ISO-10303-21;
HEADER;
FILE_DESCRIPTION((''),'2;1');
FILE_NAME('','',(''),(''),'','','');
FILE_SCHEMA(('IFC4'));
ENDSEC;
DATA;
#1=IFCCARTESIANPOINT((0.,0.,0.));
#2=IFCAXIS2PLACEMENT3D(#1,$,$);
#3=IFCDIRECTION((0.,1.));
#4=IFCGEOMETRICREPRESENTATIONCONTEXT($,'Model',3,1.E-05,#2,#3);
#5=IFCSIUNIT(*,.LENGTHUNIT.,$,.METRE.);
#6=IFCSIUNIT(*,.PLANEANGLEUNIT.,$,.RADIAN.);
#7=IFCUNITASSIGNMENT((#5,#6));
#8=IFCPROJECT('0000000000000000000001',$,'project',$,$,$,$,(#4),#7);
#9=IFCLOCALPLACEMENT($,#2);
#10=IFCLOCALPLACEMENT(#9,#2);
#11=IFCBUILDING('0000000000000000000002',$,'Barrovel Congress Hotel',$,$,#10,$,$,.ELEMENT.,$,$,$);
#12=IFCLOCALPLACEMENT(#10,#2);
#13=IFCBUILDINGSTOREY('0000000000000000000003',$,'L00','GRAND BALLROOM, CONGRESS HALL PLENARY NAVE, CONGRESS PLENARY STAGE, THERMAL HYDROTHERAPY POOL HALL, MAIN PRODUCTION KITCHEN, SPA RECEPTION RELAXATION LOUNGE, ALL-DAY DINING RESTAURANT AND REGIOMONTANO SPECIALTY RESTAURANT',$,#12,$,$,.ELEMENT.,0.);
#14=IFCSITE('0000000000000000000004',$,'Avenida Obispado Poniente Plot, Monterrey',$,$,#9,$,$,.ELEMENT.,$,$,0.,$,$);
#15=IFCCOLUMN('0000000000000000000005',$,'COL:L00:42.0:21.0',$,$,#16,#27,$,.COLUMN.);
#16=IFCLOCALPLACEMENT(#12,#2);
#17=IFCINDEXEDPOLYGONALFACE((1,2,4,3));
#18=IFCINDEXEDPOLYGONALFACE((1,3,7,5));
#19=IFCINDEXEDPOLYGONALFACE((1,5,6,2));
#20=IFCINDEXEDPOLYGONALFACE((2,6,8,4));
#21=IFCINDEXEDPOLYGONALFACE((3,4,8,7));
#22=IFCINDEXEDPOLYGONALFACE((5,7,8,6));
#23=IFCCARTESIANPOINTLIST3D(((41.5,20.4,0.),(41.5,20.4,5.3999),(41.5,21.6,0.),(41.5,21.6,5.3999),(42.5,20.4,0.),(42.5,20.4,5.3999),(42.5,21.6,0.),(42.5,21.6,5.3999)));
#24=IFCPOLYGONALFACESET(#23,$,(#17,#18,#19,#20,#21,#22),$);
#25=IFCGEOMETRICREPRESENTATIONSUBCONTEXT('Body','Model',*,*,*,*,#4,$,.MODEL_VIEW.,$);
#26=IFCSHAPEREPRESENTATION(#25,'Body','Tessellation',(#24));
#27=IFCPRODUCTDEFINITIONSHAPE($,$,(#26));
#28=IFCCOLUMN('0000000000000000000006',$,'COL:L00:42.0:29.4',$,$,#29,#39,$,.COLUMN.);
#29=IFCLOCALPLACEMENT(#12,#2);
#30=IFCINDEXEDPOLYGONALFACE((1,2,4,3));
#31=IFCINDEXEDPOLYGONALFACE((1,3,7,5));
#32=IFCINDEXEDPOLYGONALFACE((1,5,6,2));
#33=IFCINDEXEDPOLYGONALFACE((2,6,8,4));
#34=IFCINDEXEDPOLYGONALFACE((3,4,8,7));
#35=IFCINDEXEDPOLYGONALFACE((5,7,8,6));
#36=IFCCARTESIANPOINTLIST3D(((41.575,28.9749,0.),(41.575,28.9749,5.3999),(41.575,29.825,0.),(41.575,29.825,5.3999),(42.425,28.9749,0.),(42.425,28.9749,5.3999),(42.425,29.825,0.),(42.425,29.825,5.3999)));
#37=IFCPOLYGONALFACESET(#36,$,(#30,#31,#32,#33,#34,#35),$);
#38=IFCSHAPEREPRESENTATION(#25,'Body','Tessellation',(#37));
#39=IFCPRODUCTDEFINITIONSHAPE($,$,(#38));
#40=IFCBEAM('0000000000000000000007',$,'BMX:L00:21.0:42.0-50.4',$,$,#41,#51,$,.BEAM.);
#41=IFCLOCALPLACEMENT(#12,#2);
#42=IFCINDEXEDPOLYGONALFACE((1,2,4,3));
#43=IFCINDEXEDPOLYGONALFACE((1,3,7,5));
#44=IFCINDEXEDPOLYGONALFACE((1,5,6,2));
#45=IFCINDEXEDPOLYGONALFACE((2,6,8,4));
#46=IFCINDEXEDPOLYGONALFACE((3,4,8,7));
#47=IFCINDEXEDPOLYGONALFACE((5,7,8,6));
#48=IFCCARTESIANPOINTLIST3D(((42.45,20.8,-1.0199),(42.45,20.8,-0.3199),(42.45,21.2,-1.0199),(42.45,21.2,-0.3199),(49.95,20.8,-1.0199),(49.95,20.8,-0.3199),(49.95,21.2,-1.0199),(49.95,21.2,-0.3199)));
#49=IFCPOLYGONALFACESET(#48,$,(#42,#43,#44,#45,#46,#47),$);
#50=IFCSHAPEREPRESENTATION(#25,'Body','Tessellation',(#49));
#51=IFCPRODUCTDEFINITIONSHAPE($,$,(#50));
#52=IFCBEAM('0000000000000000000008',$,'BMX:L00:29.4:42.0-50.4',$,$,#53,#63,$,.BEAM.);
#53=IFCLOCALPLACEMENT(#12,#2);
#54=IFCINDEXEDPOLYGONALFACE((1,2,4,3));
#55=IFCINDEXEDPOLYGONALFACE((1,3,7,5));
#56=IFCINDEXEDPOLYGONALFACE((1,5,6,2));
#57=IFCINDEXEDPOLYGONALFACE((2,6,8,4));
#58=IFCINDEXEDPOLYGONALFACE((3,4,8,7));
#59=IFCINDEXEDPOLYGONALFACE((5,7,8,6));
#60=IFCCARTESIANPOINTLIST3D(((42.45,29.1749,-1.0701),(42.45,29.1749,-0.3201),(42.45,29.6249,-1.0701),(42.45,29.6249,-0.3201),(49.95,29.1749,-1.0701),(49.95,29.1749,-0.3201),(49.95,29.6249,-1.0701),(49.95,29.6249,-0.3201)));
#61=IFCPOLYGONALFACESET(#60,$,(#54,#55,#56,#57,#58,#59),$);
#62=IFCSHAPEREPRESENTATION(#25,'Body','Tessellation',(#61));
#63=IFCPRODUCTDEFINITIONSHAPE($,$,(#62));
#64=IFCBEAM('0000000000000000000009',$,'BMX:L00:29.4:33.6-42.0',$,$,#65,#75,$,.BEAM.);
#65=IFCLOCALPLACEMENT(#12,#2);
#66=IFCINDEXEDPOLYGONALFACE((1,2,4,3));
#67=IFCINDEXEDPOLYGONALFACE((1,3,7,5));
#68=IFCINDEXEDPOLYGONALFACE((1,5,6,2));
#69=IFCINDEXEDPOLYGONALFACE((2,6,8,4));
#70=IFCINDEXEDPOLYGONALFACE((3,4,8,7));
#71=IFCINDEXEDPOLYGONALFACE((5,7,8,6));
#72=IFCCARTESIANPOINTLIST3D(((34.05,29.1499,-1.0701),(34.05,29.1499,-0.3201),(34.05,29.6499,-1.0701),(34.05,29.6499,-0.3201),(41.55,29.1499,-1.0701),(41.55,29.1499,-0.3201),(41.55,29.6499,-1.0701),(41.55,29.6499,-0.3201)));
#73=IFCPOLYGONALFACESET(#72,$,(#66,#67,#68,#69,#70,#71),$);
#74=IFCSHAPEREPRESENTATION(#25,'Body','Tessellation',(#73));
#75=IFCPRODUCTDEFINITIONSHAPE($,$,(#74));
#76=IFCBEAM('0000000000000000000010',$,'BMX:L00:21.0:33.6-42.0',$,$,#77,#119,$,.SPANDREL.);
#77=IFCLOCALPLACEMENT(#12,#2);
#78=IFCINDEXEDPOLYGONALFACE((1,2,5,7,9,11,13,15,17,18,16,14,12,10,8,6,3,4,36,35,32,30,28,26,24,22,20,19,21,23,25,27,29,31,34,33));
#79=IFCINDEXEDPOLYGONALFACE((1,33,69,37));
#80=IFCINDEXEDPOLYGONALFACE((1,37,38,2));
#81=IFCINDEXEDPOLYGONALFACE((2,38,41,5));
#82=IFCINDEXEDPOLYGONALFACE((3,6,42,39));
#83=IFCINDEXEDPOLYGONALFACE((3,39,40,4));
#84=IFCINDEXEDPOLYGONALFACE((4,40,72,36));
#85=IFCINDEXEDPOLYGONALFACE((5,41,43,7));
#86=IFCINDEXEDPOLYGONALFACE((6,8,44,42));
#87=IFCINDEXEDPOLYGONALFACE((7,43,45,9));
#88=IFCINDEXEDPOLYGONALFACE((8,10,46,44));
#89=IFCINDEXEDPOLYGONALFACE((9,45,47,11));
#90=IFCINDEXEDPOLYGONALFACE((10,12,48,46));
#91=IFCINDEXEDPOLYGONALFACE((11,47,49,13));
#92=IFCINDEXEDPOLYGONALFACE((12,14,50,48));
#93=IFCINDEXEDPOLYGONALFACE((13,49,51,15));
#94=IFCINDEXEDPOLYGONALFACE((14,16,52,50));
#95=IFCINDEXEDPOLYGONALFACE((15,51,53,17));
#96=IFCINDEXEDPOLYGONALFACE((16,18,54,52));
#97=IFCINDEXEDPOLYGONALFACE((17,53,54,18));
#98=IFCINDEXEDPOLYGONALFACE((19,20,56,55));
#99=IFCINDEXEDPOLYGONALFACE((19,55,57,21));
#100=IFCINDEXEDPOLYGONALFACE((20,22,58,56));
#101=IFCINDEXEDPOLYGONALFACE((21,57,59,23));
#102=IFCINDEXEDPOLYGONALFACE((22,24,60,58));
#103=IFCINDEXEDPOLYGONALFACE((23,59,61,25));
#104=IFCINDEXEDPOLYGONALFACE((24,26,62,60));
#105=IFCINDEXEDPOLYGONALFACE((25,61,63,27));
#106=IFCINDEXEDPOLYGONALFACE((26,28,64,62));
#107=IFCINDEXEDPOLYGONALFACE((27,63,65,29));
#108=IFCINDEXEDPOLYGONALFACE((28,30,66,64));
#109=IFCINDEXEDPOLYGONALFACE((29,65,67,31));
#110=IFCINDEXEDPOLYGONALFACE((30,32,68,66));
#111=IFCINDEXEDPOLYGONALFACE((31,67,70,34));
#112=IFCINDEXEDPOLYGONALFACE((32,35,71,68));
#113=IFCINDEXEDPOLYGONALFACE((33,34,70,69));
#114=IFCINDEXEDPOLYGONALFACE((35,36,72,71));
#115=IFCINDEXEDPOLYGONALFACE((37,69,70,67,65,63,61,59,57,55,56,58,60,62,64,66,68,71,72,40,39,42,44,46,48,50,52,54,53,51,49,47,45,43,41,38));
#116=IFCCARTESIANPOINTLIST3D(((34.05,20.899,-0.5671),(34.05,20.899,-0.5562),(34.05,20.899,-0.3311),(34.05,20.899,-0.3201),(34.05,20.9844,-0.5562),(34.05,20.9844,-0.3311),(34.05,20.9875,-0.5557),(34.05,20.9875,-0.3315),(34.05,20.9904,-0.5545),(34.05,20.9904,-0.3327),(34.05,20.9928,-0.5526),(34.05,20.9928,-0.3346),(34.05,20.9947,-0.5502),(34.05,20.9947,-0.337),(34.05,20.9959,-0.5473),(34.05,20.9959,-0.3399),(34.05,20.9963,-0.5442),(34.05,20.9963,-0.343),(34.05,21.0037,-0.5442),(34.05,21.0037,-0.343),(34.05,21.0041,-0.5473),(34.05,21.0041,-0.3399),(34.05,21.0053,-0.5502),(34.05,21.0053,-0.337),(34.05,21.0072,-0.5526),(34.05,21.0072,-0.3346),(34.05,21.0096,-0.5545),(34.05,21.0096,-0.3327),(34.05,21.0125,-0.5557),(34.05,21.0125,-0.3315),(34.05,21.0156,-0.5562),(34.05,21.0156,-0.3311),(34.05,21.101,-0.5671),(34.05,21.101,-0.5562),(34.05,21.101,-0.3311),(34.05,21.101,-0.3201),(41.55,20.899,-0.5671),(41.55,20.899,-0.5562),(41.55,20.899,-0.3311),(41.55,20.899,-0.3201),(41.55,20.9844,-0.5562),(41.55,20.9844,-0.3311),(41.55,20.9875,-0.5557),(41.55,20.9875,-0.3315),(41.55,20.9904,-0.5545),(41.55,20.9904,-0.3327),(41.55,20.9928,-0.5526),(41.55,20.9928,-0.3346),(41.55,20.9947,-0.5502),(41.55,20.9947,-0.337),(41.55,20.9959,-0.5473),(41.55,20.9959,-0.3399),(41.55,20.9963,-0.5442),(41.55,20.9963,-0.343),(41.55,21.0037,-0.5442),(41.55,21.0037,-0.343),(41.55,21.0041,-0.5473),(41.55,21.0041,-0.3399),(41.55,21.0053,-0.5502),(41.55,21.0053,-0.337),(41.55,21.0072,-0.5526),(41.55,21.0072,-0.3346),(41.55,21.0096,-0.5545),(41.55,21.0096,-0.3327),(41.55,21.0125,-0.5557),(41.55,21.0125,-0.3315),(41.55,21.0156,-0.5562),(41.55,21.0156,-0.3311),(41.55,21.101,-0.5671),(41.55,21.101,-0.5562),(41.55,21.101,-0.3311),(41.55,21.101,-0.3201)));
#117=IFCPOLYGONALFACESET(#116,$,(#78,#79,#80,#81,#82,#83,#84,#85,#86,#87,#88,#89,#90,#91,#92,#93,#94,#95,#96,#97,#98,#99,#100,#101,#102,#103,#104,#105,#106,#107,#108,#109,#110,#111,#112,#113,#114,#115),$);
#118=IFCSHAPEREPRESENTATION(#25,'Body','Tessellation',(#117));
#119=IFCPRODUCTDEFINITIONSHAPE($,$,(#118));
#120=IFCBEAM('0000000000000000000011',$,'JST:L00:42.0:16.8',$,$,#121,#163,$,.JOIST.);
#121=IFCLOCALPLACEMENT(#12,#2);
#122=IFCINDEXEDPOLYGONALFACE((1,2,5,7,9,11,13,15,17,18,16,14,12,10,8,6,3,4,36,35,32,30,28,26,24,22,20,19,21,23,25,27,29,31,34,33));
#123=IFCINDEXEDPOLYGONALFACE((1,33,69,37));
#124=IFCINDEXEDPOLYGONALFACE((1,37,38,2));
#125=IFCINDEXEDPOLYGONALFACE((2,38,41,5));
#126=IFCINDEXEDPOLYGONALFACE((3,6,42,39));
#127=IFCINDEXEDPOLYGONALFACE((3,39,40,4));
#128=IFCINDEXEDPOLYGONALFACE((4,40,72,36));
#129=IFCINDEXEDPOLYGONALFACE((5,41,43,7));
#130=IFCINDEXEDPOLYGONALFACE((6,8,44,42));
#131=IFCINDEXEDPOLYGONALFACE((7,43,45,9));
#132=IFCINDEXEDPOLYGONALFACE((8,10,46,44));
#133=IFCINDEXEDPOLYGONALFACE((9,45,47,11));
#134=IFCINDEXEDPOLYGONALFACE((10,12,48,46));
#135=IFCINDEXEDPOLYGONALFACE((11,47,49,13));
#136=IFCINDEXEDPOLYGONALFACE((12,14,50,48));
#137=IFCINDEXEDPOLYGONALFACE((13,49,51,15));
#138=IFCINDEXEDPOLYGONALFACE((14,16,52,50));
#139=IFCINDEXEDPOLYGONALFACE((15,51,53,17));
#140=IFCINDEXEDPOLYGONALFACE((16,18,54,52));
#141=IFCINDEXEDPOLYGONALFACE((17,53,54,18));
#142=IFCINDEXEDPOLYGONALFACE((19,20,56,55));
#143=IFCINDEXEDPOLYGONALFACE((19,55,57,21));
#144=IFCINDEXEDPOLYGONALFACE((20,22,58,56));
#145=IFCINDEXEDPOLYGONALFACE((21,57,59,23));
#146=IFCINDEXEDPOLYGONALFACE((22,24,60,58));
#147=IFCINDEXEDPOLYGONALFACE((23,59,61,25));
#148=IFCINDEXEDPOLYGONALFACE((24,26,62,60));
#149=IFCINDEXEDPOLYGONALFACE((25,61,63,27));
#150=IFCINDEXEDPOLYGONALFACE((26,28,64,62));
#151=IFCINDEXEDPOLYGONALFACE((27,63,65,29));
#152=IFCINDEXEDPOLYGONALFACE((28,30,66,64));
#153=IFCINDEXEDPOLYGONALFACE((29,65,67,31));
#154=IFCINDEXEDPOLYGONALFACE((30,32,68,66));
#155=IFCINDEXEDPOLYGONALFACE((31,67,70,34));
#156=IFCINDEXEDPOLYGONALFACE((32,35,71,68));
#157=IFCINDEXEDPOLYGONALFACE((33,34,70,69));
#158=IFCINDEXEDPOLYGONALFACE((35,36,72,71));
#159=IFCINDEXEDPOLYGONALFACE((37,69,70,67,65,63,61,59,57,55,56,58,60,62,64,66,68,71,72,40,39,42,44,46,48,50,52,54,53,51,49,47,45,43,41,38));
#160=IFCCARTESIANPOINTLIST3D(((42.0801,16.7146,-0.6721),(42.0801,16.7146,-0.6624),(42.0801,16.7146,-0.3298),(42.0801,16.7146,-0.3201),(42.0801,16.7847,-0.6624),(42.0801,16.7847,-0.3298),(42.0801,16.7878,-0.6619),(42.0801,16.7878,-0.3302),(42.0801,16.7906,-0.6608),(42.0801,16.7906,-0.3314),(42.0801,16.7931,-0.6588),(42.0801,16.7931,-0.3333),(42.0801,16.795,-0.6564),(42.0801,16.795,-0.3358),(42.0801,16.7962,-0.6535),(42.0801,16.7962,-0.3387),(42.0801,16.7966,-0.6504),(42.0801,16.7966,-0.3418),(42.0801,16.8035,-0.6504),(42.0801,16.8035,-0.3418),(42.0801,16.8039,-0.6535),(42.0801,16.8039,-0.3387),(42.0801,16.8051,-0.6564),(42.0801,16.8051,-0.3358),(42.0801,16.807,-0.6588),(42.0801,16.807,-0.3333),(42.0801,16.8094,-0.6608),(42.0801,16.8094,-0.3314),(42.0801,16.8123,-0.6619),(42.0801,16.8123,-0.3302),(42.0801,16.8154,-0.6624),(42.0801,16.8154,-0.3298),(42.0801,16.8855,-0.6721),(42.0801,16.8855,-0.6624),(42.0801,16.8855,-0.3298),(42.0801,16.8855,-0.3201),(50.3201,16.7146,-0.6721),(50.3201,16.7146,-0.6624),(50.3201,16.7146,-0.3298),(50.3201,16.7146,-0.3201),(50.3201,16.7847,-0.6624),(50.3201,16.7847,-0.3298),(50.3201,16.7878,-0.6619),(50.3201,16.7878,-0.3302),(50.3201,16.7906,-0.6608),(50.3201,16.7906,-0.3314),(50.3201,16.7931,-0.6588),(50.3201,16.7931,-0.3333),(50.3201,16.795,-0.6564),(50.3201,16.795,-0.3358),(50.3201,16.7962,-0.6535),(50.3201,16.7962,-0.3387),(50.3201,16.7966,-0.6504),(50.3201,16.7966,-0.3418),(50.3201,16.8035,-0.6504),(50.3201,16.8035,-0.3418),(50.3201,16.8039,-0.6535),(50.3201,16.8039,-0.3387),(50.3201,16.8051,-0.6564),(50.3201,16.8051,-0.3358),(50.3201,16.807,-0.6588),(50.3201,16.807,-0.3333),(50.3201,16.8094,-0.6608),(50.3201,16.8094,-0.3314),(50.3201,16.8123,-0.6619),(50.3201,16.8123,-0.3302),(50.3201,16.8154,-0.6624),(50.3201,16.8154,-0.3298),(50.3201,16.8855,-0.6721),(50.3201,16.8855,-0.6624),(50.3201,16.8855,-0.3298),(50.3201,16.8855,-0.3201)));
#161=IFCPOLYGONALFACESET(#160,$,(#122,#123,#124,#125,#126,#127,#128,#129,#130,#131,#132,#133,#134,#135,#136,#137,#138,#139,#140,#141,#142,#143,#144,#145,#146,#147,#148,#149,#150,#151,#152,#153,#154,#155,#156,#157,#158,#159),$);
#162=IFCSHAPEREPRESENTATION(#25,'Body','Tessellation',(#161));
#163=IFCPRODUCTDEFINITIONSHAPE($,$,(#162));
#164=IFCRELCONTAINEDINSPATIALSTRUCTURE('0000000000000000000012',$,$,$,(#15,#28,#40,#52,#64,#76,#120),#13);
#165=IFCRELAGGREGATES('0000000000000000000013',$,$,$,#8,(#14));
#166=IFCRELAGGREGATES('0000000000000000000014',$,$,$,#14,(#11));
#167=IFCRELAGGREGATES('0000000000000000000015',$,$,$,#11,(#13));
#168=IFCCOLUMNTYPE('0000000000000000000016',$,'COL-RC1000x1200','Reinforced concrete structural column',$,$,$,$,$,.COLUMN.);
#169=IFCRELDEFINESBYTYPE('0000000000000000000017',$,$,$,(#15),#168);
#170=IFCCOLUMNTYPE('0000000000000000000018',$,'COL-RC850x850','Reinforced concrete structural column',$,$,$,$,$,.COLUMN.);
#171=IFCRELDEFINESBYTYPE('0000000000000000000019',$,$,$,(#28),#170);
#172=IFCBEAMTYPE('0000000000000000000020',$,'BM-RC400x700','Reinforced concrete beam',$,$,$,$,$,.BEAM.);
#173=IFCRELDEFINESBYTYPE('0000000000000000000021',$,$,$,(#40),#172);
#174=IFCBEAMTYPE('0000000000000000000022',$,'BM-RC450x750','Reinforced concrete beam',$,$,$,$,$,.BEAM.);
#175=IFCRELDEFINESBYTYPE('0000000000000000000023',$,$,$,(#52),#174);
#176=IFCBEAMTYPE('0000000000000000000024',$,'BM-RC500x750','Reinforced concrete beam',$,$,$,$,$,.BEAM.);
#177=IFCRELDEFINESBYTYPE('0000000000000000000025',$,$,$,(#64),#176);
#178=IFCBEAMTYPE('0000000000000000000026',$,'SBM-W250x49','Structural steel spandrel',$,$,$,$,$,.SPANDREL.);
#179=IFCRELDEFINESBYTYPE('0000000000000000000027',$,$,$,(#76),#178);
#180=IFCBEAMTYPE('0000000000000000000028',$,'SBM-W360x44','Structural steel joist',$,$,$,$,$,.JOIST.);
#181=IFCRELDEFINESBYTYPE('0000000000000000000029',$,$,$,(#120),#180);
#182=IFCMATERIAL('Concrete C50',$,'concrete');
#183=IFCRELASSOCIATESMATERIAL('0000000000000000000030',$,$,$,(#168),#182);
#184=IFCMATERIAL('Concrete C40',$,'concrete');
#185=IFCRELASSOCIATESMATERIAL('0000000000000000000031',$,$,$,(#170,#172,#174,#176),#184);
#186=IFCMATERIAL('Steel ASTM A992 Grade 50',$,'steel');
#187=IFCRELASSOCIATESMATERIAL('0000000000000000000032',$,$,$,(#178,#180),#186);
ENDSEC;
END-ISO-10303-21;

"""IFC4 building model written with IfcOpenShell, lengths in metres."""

from ifc_helpers import new_model, si_unit, direction, frame, origin, origin_2d, place, context, subcontext, project, spatial, rectangle, i_section, extrude, material, material_profile, profile_set, type_object, element, save


model = new_model("IFC4")

# Units and contexts
model_context = context("Model", 3, precision=1e-05, world=origin(), true_north=direction((0.0, 1.0)))
body_context = subcontext(model_context, "Body", "Model", "MODEL_VIEW")
ifc_project = project(units=[si_unit("LENGTHUNIT", "METRE"), si_unit("PLANEANGLEUNIT", "RADIAN")], contexts=[model_context])

# Site, building, storey
site_placement = place(None, origin())
site = spatial("IfcSite", under=ifc_project, at=site_placement, Name="Avenida Obispado Poniente Plot, Monterrey", CompositionType="ELEMENT", RefElevation=0.0)
building_placement = place(site_placement, origin())
building = spatial("IfcBuilding", under=site, at=building_placement, Name="Barrovel Congress Hotel", CompositionType="ELEMENT")
storey_placement = place(building_placement, origin())
storey = spatial("IfcBuildingStorey", under=building, at=storey_placement, Name="L00", Description="GRAND BALLROOM, CONGRESS HALL PLENARY NAVE, CONGRESS PLENARY STAGE, THERMAL HYDROTHERAPY POOL HALL, MAIN PRODUCTION KITCHEN, SPA RECEPTION RELAXATION LOUNGE, ALL-DAY DINING RESTAURANT AND REGIOMONTANO SPECIALTY RESTAURANT", CompositionType="ELEMENT", Elevation=0.0)

# Columns
ifc_material_1 = material(Name="Concrete C50", Category="concrete")
ifc_material_profile_1 = material_profile(ifc_material_1, rectangle(XDim=1.0, YDim=1.2, at=origin_2d()), Name="RC1000x1200")
ifc_profile_set_1 = profile_set([ifc_material_profile_1], Name="Concrete C50")
column_type_1 = type_object("IfcColumnType", Name="COL-RC1000x1200", Description="Reinforced concrete structural column", PredefinedType="COLUMN", material=ifc_profile_set_1)
column_1_placement = place(storey_placement, frame((42.0, 21.0, 0.0), z_axis=(0.0, 0.0, 1.0), x_axis=(1.0, 0.0, 0.0)))
element("IfcColumn", 1, at=column_1_placement, inside=storey, type_object=column_type_1, Name="COL:L00:42.0:21.0", PredefinedType="COLUMN", context=body_context, shape_type="SweptSolid", body=[
    extrude(rectangle(XDim=1.0, YDim=1.2, at=origin_2d()), origin(), (0.0, 0.0, 1.0), 5.3999),
])
ifc_material_2 = material(Name="Concrete C40", Category="concrete")
ifc_material_profile_2 = material_profile(ifc_material_2, rectangle(XDim=0.8501, YDim=0.8501, at=origin_2d()), Name="RC850x850")
ifc_profile_set_2 = profile_set([ifc_material_profile_2], Name="Concrete C40")
column_type_2 = type_object("IfcColumnType", Name="COL-RC850x850", Description="Reinforced concrete structural column", PredefinedType="COLUMN", material=ifc_profile_set_2)
column_2_placement = place(storey_placement, frame((42.0, 29.3999, 0.0), z_axis=(0.0, 0.0, 1.0), x_axis=(1.0, 0.0, 0.0)))
element("IfcColumn", 2, at=column_2_placement, inside=storey, type_object=column_type_2, Name="COL:L00:42.0:29.4", PredefinedType="COLUMN", context=body_context, shape_type="SweptSolid", body=[
    extrude(rectangle(XDim=0.8501, YDim=0.8501, at=origin_2d()), origin(), (0.0, 0.0, 1.0), 5.3999),
])

# Beams
ifc_material_profile_3 = material_profile(ifc_material_2, rectangle(XDim=0.3999, YDim=0.7, at=origin_2d()), Name="RC400x700")
ifc_profile_set_3 = profile_set([ifc_material_profile_3], Name="Concrete C40")
beam_type_1 = type_object("IfcBeamType", Name="BM-RC400x700", Description="Reinforced concrete beam", PredefinedType="BEAM", material=ifc_profile_set_3)
beam_1_placement = place(storey_placement, frame((42.45, 21.0, -0.6699), z_axis=(1.0, 0.0, 0.0), x_axis=(0.0, 1.0, 0.0)))
element("IfcBeam", 3, at=beam_1_placement, inside=storey, type_object=beam_type_1, Name="BMX:L00:21.0:42.0-50.4", PredefinedType="BEAM", context=body_context, shape_type="SweptSolid", body=[
    extrude(rectangle(XDim=0.3999, YDim=0.7, at=origin_2d()), origin(), (0.0, 0.0, 1.0), 7.5),
])
ifc_material_profile_4 = material_profile(ifc_material_2, rectangle(XDim=0.45, YDim=0.75, at=origin_2d()), Name="RC450x750")
ifc_profile_set_4 = profile_set([ifc_material_profile_4], Name="Concrete C40")
beam_type_2 = type_object("IfcBeamType", Name="BM-RC450x750", Description="Reinforced concrete beam", PredefinedType="BEAM", material=ifc_profile_set_4)
beam_2_placement = place(storey_placement, frame((42.45, 29.3999, -0.6951), z_axis=(1.0, 0.0, 0.0), x_axis=(0.0, 1.0, 0.0)))
element("IfcBeam", 4, at=beam_2_placement, inside=storey, type_object=beam_type_2, Name="BMX:L00:29.4:42.0-50.4", PredefinedType="BEAM", context=body_context, shape_type="SweptSolid", body=[
    extrude(rectangle(XDim=0.45, YDim=0.75, at=origin_2d()), origin(), (0.0, 0.0, 1.0), 7.5),
])
ifc_material_profile_5 = material_profile(ifc_material_2, rectangle(XDim=0.5, YDim=0.75, at=origin_2d()), Name="RC500x750")
ifc_profile_set_5 = profile_set([ifc_material_profile_5], Name="Concrete C40")
beam_type_3 = type_object("IfcBeamType", Name="BM-RC500x750", Description="Reinforced concrete beam", PredefinedType="BEAM", material=ifc_profile_set_5)
beam_3_placement = place(storey_placement, frame((34.05, 29.3999, -0.6951), z_axis=(1.0, 0.0, 0.0), x_axis=(0.0, 1.0, 0.0)))
element("IfcBeam", 5, at=beam_3_placement, inside=storey, type_object=beam_type_3, Name="BMX:L00:29.4:33.6-42.0", PredefinedType="BEAM", context=body_context, shape_type="SweptSolid", body=[
    extrude(rectangle(XDim=0.5, YDim=0.75, at=origin_2d()), origin(), (0.0, 0.0, 1.0), 7.5),
])
ifc_material_3 = material(Name="Steel ASTM A992 Grade 50", Category="steel")
ifc_material_profile_6 = material_profile(ifc_material_3, i_section(OverallWidth=0.2019, OverallDepth=0.2471, WebThickness=0.0073, FlangeThickness=0.011, FilletRadius=0.012, at=origin_2d()), Name="W250x49")
ifc_profile_set_6 = profile_set([ifc_material_profile_6], Name="Steel ASTM A992 Grade 50")
beam_type_4 = type_object("IfcBeamType", Name="SBM-W250x49", Description="Structural steel spandrel", PredefinedType="SPANDREL", material=ifc_profile_set_6)
beam_4_placement = place(storey_placement, frame((34.05, 21.0, -0.4436), z_axis=(1.0, 0.0, 0.0), x_axis=(0.0, 1.0, 0.0)))
element("IfcBeam", 6, at=beam_4_placement, inside=storey, type_object=beam_type_4, Name="BMX:L00:21.0:33.6-42.0", PredefinedType="SPANDREL", context=body_context, shape_type="SweptSolid", body=[
    extrude(i_section(OverallWidth=0.2019, OverallDepth=0.2471, WebThickness=0.0073, FlangeThickness=0.011, FilletRadius=0.012, at=origin_2d()), origin(), (0.0, 0.0, 1.0), 7.5),
])
ifc_material_profile_7 = material_profile(ifc_material_3, i_section(OverallWidth=0.1709, OverallDepth=0.3521, WebThickness=0.0068, FlangeThickness=0.0098, FilletRadius=0.012, at=origin_2d()), Name="W360x44")
ifc_profile_set_7 = profile_set([ifc_material_profile_7], Name="Steel ASTM A992 Grade 50")
beam_type_5 = type_object("IfcBeamType", Name="SBM-W360x44", Description="Structural steel joist", PredefinedType="JOIST", material=ifc_profile_set_7)
beam_5_placement = place(storey_placement, frame((42.0801, 16.8, -0.4961), z_axis=(1.0, 0.0, 0.0), x_axis=(0.0, 1.0, 0.0)))
element("IfcBeam", 7, at=beam_5_placement, inside=storey, type_object=beam_type_5, Name="JST:L00:42.0:16.8", PredefinedType="JOIST", context=body_context, shape_type="SweptSolid", body=[
    extrude(i_section(OverallWidth=0.1709, OverallDepth=0.3521, WebThickness=0.0068, FlangeThickness=0.0098, FilletRadius=0.012, at=origin_2d()), origin(), (0.0, 0.0, 1.0), 8.24),
])

save(model, "model.ifc")
